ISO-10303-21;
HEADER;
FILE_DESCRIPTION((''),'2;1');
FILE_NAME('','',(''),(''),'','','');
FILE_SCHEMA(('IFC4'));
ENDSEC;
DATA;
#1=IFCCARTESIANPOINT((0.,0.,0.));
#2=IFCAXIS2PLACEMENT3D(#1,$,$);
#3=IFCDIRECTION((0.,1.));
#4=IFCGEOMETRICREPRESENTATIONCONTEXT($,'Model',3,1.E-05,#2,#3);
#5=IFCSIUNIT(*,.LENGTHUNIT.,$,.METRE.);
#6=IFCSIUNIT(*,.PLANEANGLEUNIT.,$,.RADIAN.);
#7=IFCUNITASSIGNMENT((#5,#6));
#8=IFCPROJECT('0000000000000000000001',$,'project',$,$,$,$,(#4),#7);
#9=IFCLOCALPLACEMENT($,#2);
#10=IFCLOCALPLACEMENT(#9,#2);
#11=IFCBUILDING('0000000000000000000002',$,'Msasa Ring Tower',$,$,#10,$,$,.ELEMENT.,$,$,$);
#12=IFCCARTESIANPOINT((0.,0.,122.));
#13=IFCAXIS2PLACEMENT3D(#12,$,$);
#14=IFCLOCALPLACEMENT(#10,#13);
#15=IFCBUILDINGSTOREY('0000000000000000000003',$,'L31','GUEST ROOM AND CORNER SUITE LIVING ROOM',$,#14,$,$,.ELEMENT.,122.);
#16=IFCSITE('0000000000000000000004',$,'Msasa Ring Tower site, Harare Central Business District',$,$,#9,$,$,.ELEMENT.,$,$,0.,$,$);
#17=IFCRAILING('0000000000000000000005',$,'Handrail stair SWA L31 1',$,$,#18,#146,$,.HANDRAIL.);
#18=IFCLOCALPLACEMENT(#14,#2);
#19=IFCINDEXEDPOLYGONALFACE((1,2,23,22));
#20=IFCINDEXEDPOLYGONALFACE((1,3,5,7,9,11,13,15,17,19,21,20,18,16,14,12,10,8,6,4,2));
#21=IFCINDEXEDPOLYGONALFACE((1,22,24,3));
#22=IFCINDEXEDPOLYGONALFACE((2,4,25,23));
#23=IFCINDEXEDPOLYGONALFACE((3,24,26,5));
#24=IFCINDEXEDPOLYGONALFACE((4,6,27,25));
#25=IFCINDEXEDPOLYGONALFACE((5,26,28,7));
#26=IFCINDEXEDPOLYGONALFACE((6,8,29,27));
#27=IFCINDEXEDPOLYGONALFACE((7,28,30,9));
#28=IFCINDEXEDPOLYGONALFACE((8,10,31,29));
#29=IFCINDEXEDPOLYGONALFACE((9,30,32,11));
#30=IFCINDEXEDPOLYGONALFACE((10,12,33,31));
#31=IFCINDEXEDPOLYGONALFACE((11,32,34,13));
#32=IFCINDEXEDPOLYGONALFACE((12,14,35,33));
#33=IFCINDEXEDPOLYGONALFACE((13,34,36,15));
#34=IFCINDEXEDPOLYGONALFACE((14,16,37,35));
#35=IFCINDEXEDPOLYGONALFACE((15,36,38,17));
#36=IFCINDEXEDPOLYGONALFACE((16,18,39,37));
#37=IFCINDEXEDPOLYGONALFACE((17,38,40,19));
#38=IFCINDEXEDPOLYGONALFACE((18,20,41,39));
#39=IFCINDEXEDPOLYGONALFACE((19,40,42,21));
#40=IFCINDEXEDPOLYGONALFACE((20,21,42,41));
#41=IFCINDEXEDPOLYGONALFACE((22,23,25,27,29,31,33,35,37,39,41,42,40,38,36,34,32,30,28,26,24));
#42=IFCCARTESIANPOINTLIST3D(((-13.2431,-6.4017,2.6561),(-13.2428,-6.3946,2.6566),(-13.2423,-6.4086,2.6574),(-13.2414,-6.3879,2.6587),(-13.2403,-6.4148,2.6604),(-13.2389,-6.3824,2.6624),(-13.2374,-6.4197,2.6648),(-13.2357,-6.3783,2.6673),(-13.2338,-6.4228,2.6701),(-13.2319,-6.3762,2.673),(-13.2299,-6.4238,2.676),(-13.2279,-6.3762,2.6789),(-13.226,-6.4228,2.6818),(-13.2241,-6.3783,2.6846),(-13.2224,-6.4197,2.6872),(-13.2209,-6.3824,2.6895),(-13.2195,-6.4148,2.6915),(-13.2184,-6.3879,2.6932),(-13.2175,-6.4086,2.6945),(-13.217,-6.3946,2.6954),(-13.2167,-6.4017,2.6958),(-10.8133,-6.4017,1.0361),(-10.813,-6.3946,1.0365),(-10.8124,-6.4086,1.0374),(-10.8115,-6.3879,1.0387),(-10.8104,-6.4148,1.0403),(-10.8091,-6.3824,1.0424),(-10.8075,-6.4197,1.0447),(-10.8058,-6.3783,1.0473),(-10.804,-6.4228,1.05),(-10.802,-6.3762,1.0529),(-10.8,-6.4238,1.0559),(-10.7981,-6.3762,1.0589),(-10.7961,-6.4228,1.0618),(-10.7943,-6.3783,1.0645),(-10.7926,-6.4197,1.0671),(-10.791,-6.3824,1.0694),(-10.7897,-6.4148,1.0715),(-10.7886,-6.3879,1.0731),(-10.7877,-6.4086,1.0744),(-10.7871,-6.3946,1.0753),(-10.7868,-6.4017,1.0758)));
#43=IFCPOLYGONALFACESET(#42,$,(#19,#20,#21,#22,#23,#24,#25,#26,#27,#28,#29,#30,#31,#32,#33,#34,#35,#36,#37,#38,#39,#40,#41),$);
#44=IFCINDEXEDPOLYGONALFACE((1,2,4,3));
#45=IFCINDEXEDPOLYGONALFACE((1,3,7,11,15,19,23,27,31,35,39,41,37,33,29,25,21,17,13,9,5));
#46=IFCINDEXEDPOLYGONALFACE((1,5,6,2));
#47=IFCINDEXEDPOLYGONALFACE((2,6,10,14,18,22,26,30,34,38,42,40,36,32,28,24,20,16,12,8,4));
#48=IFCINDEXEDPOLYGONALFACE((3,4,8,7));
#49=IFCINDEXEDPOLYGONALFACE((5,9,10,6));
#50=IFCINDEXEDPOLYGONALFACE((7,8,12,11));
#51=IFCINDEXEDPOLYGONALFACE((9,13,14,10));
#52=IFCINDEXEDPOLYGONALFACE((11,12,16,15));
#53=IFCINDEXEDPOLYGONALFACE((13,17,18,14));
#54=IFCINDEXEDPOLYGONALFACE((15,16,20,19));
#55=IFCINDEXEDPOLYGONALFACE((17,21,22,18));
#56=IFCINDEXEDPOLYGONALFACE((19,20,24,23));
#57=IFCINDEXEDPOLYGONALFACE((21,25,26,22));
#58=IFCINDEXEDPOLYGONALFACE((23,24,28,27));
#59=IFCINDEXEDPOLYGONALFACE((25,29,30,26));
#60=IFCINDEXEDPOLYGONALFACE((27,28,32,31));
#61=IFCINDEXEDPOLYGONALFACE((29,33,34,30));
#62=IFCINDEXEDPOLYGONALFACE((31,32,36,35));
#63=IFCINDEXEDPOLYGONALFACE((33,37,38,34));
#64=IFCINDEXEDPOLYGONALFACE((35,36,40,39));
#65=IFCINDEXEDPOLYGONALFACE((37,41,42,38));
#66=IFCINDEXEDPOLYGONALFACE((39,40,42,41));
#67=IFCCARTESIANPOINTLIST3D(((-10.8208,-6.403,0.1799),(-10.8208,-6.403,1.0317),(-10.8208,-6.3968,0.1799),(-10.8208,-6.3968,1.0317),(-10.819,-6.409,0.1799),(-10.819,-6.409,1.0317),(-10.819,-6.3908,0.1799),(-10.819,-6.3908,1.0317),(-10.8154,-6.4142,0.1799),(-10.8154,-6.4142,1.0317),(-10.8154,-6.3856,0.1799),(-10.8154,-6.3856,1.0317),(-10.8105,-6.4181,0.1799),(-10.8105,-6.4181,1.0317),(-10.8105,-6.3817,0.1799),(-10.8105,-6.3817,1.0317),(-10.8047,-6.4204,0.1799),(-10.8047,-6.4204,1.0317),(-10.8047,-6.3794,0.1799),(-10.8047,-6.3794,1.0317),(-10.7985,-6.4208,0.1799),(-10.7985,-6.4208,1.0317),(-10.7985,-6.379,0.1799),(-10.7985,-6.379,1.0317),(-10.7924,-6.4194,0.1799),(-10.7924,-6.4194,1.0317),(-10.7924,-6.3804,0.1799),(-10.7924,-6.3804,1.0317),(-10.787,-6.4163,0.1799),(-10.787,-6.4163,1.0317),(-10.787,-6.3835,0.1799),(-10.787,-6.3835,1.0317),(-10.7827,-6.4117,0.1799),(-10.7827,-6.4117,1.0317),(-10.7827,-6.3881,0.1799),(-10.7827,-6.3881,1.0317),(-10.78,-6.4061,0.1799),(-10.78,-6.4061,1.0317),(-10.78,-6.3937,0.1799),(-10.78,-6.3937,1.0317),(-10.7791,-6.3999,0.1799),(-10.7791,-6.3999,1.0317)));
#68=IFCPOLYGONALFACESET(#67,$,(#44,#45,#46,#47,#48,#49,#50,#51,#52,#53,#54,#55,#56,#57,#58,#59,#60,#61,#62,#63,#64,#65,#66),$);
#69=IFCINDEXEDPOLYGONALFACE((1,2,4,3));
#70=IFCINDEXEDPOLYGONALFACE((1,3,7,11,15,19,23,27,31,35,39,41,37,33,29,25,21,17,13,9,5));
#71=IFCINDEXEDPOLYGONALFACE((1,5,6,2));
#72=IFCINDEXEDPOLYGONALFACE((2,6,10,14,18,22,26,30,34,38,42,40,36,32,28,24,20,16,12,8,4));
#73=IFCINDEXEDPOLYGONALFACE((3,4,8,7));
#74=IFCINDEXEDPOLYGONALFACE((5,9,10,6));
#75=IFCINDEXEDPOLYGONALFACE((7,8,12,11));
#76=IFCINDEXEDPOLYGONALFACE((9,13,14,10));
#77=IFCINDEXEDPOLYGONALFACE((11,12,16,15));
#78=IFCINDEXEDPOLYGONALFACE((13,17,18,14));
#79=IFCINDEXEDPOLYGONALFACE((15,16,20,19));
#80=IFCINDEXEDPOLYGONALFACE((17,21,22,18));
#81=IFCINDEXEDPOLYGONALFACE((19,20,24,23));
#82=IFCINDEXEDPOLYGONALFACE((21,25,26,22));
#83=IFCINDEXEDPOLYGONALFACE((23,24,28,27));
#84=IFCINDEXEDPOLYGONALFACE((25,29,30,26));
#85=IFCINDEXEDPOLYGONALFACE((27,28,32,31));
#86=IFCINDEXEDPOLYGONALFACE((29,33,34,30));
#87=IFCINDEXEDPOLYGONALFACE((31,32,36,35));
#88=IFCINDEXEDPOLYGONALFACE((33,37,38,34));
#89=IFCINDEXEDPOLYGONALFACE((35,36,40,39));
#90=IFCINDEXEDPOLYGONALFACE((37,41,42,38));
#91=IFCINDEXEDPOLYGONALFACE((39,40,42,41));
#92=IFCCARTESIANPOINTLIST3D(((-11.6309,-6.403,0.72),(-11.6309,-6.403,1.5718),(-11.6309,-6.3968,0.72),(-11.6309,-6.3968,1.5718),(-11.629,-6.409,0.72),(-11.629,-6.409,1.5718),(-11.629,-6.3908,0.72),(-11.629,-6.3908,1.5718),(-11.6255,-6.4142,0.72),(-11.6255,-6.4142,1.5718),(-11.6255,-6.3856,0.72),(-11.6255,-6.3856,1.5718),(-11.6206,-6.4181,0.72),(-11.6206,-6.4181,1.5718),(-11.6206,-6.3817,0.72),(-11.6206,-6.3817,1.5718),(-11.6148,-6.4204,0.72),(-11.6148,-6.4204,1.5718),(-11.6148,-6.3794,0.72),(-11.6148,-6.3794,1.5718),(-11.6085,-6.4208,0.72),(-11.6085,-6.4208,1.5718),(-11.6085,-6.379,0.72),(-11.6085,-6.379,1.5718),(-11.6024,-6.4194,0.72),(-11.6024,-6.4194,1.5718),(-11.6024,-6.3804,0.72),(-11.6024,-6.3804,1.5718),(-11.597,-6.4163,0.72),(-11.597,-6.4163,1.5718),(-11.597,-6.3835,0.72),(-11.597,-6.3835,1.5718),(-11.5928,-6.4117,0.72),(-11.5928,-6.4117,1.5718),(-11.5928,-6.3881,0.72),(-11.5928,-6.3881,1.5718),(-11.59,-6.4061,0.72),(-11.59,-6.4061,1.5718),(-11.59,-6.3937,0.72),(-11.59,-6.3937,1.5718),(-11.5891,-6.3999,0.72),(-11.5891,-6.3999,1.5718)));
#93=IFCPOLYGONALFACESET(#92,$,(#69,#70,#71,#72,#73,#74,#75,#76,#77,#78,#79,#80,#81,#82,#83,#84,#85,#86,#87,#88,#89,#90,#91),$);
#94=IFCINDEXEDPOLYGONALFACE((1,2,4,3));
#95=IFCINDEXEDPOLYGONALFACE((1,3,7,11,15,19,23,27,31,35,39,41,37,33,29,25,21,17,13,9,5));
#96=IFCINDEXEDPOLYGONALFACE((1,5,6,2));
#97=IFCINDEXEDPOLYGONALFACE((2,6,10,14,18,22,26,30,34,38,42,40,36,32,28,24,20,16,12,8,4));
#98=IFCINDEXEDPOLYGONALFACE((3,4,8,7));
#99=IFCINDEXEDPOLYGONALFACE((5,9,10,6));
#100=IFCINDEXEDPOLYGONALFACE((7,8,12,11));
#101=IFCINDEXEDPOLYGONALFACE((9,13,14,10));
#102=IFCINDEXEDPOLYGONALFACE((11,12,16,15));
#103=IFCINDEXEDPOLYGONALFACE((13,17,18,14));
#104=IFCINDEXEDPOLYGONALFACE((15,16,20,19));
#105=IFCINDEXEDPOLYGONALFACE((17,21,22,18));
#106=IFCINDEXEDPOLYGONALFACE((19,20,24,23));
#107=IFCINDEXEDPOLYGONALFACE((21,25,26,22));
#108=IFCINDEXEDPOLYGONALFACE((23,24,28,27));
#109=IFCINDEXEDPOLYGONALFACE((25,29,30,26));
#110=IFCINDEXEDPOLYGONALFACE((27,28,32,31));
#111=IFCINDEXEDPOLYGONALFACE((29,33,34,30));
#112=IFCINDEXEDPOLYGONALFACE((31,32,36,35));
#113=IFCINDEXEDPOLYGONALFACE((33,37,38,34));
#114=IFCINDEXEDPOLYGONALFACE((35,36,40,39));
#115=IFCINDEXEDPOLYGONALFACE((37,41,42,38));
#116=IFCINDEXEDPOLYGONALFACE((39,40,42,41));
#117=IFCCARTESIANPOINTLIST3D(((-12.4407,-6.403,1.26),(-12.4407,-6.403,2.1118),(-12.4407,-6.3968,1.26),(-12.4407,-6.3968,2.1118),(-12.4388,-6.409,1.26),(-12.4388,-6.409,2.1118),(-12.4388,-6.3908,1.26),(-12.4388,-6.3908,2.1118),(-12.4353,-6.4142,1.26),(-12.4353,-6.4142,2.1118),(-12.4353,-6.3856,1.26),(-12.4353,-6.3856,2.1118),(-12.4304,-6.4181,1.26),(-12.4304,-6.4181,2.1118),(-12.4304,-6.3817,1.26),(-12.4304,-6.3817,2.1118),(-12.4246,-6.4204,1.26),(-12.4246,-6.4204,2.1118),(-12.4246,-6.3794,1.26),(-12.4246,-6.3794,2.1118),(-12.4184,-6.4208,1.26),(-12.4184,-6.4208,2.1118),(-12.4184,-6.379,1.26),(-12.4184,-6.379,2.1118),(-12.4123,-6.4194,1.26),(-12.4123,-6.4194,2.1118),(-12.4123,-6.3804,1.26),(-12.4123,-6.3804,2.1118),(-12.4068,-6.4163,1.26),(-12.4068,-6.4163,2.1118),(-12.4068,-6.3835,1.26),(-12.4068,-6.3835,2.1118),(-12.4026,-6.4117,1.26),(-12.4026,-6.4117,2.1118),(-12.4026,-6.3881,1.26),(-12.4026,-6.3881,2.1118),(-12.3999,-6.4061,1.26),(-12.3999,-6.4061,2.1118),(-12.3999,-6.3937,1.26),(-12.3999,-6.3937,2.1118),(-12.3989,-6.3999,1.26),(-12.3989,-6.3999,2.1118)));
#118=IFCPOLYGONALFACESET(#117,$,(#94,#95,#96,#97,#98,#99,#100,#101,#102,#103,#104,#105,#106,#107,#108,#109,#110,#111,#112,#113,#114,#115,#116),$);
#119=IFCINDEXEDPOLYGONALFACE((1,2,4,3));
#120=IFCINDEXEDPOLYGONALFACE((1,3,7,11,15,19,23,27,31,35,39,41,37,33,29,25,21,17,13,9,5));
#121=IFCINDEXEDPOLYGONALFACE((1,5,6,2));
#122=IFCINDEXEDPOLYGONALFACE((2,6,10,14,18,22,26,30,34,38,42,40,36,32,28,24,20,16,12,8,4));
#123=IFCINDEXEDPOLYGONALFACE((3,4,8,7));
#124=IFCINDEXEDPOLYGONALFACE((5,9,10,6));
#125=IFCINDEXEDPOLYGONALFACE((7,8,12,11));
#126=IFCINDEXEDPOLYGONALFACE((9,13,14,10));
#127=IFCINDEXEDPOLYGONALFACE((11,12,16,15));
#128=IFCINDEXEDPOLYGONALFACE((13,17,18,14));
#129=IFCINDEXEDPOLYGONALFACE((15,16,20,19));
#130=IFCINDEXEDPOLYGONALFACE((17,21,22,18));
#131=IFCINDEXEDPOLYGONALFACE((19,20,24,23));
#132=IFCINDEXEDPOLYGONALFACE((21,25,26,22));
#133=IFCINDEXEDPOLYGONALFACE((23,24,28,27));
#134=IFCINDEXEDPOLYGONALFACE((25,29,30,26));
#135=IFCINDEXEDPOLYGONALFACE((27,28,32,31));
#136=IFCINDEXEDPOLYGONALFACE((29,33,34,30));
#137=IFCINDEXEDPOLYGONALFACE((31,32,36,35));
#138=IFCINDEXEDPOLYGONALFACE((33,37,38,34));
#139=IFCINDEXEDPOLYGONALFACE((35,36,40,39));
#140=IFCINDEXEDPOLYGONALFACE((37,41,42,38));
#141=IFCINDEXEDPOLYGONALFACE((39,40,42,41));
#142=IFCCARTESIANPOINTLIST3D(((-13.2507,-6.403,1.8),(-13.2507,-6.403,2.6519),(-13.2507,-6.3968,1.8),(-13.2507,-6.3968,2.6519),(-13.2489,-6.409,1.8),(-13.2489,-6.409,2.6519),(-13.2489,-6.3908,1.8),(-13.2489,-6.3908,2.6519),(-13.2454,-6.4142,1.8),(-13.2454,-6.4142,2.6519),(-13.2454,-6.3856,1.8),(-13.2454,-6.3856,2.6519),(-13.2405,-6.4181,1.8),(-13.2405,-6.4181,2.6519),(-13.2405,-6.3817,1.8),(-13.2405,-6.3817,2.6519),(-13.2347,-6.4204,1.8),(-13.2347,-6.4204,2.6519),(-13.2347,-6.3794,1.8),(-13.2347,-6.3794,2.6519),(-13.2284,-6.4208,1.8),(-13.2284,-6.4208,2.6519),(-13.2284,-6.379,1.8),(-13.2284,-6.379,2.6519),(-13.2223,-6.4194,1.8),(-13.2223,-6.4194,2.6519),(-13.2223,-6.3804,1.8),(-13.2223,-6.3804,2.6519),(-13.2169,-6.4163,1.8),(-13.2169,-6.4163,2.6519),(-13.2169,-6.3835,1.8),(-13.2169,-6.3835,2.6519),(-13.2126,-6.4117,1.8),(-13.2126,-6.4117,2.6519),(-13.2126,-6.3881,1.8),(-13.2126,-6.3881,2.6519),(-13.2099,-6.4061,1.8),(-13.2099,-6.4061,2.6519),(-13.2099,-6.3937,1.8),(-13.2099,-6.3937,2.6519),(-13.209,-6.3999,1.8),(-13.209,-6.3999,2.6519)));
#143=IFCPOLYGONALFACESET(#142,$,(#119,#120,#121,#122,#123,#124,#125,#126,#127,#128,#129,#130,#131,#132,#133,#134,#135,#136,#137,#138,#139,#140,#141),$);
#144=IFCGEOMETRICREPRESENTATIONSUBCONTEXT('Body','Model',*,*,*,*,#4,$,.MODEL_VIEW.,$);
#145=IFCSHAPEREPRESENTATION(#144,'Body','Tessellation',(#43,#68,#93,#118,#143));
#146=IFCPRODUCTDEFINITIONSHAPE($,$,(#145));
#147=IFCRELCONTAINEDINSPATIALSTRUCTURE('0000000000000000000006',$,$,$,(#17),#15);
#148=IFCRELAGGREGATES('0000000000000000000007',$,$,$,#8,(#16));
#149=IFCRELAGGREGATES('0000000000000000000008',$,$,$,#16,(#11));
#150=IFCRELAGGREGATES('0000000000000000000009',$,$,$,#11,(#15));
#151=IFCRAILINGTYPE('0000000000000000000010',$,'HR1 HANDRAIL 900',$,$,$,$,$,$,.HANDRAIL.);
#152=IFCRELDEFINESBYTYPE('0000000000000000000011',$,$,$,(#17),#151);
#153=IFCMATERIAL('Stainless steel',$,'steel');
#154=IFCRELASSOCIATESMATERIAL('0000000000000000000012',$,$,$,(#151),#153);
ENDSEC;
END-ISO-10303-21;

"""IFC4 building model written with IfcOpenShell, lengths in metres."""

from ifc_helpers import new_model, si_unit, direction, frame, origin, origin_2d, place, context, subcontext, project, spatial, circle, extrude, material, type_object, element, save


model = new_model("IFC4")

# Units and contexts
model_context = context("Model", 3, precision=1e-05, world=origin(), true_north=direction((0.0, 1.0)))
body_context = subcontext(model_context, "Body", "Model", "MODEL_VIEW")
ifc_project = project(units=[si_unit("LENGTHUNIT", "METRE"), si_unit("PLANEANGLEUNIT", "RADIAN")], contexts=[model_context])

# Site, building, storey
site_placement = place(None, origin())
site = spatial("IfcSite", under=ifc_project, at=site_placement, Name="Msasa Ring Tower site, Harare Central Business District", CompositionType="ELEMENT", RefElevation=0.0)
building_placement = place(site_placement, origin())
building = spatial("IfcBuilding", under=site, at=building_placement, Name="Msasa Ring Tower", CompositionType="ELEMENT")
storey_placement = place(building_placement, frame((0.0, 0.0, 122.0)))
storey = spatial("IfcBuildingStorey", under=building, at=storey_placement, Name="L31", Description="GUEST ROOM AND CORNER SUITE LIVING ROOM", CompositionType="ELEMENT", Elevation=122.0)

# Railing
ifc_material_1 = material(Name="Stainless steel", Category="steel")
railing_type = type_object("IfcRailingType", Name="HR1 HANDRAIL 900", PredefinedType="HANDRAIL", material=ifc_material_1)
for number, where, name in (
    (1, (-10.8, -6.3999, 0.1799), "Handrail stair SWA L31 1"),
):
    element("IfcRailing", number, at=place(storey_placement, frame(where)), inside=storey, type_object=railing_type, Name=name, PredefinedType="HANDRAIL", context=body_context, shape_type="SweptSolid", body=[
        extrude(circle(Radius=0.0239, at=origin_2d()), frame((0.0, 0.0, 0.876), z_axis=(-0.832025, 0.0, 0.554739), x_axis=(0.0, -1.0, 0.0)), (0.0, 0.0, 1.0), 2.9204),
        extrude(circle(Radius=0.021, at=origin_2d()), origin(), (0.0, 0.0, 1.0), 0.8518),
        extrude(circle(Radius=0.021, at=origin_2d()), frame((-0.8101, 0.0, 0.54)), (0.0, 0.0, 1.0), 0.8518),
        extrude(circle(Radius=0.021, at=origin_2d()), frame((-1.6199, 0.0, 1.0801)), (0.0, 0.0, 1.0), 0.8518),
        extrude(circle(Radius=0.021, at=origin_2d()), frame((-2.4299, 0.0, 1.6201)), (0.0, 0.0, 1.0), 0.8518),
    ])

save(model, "model.ifc")
